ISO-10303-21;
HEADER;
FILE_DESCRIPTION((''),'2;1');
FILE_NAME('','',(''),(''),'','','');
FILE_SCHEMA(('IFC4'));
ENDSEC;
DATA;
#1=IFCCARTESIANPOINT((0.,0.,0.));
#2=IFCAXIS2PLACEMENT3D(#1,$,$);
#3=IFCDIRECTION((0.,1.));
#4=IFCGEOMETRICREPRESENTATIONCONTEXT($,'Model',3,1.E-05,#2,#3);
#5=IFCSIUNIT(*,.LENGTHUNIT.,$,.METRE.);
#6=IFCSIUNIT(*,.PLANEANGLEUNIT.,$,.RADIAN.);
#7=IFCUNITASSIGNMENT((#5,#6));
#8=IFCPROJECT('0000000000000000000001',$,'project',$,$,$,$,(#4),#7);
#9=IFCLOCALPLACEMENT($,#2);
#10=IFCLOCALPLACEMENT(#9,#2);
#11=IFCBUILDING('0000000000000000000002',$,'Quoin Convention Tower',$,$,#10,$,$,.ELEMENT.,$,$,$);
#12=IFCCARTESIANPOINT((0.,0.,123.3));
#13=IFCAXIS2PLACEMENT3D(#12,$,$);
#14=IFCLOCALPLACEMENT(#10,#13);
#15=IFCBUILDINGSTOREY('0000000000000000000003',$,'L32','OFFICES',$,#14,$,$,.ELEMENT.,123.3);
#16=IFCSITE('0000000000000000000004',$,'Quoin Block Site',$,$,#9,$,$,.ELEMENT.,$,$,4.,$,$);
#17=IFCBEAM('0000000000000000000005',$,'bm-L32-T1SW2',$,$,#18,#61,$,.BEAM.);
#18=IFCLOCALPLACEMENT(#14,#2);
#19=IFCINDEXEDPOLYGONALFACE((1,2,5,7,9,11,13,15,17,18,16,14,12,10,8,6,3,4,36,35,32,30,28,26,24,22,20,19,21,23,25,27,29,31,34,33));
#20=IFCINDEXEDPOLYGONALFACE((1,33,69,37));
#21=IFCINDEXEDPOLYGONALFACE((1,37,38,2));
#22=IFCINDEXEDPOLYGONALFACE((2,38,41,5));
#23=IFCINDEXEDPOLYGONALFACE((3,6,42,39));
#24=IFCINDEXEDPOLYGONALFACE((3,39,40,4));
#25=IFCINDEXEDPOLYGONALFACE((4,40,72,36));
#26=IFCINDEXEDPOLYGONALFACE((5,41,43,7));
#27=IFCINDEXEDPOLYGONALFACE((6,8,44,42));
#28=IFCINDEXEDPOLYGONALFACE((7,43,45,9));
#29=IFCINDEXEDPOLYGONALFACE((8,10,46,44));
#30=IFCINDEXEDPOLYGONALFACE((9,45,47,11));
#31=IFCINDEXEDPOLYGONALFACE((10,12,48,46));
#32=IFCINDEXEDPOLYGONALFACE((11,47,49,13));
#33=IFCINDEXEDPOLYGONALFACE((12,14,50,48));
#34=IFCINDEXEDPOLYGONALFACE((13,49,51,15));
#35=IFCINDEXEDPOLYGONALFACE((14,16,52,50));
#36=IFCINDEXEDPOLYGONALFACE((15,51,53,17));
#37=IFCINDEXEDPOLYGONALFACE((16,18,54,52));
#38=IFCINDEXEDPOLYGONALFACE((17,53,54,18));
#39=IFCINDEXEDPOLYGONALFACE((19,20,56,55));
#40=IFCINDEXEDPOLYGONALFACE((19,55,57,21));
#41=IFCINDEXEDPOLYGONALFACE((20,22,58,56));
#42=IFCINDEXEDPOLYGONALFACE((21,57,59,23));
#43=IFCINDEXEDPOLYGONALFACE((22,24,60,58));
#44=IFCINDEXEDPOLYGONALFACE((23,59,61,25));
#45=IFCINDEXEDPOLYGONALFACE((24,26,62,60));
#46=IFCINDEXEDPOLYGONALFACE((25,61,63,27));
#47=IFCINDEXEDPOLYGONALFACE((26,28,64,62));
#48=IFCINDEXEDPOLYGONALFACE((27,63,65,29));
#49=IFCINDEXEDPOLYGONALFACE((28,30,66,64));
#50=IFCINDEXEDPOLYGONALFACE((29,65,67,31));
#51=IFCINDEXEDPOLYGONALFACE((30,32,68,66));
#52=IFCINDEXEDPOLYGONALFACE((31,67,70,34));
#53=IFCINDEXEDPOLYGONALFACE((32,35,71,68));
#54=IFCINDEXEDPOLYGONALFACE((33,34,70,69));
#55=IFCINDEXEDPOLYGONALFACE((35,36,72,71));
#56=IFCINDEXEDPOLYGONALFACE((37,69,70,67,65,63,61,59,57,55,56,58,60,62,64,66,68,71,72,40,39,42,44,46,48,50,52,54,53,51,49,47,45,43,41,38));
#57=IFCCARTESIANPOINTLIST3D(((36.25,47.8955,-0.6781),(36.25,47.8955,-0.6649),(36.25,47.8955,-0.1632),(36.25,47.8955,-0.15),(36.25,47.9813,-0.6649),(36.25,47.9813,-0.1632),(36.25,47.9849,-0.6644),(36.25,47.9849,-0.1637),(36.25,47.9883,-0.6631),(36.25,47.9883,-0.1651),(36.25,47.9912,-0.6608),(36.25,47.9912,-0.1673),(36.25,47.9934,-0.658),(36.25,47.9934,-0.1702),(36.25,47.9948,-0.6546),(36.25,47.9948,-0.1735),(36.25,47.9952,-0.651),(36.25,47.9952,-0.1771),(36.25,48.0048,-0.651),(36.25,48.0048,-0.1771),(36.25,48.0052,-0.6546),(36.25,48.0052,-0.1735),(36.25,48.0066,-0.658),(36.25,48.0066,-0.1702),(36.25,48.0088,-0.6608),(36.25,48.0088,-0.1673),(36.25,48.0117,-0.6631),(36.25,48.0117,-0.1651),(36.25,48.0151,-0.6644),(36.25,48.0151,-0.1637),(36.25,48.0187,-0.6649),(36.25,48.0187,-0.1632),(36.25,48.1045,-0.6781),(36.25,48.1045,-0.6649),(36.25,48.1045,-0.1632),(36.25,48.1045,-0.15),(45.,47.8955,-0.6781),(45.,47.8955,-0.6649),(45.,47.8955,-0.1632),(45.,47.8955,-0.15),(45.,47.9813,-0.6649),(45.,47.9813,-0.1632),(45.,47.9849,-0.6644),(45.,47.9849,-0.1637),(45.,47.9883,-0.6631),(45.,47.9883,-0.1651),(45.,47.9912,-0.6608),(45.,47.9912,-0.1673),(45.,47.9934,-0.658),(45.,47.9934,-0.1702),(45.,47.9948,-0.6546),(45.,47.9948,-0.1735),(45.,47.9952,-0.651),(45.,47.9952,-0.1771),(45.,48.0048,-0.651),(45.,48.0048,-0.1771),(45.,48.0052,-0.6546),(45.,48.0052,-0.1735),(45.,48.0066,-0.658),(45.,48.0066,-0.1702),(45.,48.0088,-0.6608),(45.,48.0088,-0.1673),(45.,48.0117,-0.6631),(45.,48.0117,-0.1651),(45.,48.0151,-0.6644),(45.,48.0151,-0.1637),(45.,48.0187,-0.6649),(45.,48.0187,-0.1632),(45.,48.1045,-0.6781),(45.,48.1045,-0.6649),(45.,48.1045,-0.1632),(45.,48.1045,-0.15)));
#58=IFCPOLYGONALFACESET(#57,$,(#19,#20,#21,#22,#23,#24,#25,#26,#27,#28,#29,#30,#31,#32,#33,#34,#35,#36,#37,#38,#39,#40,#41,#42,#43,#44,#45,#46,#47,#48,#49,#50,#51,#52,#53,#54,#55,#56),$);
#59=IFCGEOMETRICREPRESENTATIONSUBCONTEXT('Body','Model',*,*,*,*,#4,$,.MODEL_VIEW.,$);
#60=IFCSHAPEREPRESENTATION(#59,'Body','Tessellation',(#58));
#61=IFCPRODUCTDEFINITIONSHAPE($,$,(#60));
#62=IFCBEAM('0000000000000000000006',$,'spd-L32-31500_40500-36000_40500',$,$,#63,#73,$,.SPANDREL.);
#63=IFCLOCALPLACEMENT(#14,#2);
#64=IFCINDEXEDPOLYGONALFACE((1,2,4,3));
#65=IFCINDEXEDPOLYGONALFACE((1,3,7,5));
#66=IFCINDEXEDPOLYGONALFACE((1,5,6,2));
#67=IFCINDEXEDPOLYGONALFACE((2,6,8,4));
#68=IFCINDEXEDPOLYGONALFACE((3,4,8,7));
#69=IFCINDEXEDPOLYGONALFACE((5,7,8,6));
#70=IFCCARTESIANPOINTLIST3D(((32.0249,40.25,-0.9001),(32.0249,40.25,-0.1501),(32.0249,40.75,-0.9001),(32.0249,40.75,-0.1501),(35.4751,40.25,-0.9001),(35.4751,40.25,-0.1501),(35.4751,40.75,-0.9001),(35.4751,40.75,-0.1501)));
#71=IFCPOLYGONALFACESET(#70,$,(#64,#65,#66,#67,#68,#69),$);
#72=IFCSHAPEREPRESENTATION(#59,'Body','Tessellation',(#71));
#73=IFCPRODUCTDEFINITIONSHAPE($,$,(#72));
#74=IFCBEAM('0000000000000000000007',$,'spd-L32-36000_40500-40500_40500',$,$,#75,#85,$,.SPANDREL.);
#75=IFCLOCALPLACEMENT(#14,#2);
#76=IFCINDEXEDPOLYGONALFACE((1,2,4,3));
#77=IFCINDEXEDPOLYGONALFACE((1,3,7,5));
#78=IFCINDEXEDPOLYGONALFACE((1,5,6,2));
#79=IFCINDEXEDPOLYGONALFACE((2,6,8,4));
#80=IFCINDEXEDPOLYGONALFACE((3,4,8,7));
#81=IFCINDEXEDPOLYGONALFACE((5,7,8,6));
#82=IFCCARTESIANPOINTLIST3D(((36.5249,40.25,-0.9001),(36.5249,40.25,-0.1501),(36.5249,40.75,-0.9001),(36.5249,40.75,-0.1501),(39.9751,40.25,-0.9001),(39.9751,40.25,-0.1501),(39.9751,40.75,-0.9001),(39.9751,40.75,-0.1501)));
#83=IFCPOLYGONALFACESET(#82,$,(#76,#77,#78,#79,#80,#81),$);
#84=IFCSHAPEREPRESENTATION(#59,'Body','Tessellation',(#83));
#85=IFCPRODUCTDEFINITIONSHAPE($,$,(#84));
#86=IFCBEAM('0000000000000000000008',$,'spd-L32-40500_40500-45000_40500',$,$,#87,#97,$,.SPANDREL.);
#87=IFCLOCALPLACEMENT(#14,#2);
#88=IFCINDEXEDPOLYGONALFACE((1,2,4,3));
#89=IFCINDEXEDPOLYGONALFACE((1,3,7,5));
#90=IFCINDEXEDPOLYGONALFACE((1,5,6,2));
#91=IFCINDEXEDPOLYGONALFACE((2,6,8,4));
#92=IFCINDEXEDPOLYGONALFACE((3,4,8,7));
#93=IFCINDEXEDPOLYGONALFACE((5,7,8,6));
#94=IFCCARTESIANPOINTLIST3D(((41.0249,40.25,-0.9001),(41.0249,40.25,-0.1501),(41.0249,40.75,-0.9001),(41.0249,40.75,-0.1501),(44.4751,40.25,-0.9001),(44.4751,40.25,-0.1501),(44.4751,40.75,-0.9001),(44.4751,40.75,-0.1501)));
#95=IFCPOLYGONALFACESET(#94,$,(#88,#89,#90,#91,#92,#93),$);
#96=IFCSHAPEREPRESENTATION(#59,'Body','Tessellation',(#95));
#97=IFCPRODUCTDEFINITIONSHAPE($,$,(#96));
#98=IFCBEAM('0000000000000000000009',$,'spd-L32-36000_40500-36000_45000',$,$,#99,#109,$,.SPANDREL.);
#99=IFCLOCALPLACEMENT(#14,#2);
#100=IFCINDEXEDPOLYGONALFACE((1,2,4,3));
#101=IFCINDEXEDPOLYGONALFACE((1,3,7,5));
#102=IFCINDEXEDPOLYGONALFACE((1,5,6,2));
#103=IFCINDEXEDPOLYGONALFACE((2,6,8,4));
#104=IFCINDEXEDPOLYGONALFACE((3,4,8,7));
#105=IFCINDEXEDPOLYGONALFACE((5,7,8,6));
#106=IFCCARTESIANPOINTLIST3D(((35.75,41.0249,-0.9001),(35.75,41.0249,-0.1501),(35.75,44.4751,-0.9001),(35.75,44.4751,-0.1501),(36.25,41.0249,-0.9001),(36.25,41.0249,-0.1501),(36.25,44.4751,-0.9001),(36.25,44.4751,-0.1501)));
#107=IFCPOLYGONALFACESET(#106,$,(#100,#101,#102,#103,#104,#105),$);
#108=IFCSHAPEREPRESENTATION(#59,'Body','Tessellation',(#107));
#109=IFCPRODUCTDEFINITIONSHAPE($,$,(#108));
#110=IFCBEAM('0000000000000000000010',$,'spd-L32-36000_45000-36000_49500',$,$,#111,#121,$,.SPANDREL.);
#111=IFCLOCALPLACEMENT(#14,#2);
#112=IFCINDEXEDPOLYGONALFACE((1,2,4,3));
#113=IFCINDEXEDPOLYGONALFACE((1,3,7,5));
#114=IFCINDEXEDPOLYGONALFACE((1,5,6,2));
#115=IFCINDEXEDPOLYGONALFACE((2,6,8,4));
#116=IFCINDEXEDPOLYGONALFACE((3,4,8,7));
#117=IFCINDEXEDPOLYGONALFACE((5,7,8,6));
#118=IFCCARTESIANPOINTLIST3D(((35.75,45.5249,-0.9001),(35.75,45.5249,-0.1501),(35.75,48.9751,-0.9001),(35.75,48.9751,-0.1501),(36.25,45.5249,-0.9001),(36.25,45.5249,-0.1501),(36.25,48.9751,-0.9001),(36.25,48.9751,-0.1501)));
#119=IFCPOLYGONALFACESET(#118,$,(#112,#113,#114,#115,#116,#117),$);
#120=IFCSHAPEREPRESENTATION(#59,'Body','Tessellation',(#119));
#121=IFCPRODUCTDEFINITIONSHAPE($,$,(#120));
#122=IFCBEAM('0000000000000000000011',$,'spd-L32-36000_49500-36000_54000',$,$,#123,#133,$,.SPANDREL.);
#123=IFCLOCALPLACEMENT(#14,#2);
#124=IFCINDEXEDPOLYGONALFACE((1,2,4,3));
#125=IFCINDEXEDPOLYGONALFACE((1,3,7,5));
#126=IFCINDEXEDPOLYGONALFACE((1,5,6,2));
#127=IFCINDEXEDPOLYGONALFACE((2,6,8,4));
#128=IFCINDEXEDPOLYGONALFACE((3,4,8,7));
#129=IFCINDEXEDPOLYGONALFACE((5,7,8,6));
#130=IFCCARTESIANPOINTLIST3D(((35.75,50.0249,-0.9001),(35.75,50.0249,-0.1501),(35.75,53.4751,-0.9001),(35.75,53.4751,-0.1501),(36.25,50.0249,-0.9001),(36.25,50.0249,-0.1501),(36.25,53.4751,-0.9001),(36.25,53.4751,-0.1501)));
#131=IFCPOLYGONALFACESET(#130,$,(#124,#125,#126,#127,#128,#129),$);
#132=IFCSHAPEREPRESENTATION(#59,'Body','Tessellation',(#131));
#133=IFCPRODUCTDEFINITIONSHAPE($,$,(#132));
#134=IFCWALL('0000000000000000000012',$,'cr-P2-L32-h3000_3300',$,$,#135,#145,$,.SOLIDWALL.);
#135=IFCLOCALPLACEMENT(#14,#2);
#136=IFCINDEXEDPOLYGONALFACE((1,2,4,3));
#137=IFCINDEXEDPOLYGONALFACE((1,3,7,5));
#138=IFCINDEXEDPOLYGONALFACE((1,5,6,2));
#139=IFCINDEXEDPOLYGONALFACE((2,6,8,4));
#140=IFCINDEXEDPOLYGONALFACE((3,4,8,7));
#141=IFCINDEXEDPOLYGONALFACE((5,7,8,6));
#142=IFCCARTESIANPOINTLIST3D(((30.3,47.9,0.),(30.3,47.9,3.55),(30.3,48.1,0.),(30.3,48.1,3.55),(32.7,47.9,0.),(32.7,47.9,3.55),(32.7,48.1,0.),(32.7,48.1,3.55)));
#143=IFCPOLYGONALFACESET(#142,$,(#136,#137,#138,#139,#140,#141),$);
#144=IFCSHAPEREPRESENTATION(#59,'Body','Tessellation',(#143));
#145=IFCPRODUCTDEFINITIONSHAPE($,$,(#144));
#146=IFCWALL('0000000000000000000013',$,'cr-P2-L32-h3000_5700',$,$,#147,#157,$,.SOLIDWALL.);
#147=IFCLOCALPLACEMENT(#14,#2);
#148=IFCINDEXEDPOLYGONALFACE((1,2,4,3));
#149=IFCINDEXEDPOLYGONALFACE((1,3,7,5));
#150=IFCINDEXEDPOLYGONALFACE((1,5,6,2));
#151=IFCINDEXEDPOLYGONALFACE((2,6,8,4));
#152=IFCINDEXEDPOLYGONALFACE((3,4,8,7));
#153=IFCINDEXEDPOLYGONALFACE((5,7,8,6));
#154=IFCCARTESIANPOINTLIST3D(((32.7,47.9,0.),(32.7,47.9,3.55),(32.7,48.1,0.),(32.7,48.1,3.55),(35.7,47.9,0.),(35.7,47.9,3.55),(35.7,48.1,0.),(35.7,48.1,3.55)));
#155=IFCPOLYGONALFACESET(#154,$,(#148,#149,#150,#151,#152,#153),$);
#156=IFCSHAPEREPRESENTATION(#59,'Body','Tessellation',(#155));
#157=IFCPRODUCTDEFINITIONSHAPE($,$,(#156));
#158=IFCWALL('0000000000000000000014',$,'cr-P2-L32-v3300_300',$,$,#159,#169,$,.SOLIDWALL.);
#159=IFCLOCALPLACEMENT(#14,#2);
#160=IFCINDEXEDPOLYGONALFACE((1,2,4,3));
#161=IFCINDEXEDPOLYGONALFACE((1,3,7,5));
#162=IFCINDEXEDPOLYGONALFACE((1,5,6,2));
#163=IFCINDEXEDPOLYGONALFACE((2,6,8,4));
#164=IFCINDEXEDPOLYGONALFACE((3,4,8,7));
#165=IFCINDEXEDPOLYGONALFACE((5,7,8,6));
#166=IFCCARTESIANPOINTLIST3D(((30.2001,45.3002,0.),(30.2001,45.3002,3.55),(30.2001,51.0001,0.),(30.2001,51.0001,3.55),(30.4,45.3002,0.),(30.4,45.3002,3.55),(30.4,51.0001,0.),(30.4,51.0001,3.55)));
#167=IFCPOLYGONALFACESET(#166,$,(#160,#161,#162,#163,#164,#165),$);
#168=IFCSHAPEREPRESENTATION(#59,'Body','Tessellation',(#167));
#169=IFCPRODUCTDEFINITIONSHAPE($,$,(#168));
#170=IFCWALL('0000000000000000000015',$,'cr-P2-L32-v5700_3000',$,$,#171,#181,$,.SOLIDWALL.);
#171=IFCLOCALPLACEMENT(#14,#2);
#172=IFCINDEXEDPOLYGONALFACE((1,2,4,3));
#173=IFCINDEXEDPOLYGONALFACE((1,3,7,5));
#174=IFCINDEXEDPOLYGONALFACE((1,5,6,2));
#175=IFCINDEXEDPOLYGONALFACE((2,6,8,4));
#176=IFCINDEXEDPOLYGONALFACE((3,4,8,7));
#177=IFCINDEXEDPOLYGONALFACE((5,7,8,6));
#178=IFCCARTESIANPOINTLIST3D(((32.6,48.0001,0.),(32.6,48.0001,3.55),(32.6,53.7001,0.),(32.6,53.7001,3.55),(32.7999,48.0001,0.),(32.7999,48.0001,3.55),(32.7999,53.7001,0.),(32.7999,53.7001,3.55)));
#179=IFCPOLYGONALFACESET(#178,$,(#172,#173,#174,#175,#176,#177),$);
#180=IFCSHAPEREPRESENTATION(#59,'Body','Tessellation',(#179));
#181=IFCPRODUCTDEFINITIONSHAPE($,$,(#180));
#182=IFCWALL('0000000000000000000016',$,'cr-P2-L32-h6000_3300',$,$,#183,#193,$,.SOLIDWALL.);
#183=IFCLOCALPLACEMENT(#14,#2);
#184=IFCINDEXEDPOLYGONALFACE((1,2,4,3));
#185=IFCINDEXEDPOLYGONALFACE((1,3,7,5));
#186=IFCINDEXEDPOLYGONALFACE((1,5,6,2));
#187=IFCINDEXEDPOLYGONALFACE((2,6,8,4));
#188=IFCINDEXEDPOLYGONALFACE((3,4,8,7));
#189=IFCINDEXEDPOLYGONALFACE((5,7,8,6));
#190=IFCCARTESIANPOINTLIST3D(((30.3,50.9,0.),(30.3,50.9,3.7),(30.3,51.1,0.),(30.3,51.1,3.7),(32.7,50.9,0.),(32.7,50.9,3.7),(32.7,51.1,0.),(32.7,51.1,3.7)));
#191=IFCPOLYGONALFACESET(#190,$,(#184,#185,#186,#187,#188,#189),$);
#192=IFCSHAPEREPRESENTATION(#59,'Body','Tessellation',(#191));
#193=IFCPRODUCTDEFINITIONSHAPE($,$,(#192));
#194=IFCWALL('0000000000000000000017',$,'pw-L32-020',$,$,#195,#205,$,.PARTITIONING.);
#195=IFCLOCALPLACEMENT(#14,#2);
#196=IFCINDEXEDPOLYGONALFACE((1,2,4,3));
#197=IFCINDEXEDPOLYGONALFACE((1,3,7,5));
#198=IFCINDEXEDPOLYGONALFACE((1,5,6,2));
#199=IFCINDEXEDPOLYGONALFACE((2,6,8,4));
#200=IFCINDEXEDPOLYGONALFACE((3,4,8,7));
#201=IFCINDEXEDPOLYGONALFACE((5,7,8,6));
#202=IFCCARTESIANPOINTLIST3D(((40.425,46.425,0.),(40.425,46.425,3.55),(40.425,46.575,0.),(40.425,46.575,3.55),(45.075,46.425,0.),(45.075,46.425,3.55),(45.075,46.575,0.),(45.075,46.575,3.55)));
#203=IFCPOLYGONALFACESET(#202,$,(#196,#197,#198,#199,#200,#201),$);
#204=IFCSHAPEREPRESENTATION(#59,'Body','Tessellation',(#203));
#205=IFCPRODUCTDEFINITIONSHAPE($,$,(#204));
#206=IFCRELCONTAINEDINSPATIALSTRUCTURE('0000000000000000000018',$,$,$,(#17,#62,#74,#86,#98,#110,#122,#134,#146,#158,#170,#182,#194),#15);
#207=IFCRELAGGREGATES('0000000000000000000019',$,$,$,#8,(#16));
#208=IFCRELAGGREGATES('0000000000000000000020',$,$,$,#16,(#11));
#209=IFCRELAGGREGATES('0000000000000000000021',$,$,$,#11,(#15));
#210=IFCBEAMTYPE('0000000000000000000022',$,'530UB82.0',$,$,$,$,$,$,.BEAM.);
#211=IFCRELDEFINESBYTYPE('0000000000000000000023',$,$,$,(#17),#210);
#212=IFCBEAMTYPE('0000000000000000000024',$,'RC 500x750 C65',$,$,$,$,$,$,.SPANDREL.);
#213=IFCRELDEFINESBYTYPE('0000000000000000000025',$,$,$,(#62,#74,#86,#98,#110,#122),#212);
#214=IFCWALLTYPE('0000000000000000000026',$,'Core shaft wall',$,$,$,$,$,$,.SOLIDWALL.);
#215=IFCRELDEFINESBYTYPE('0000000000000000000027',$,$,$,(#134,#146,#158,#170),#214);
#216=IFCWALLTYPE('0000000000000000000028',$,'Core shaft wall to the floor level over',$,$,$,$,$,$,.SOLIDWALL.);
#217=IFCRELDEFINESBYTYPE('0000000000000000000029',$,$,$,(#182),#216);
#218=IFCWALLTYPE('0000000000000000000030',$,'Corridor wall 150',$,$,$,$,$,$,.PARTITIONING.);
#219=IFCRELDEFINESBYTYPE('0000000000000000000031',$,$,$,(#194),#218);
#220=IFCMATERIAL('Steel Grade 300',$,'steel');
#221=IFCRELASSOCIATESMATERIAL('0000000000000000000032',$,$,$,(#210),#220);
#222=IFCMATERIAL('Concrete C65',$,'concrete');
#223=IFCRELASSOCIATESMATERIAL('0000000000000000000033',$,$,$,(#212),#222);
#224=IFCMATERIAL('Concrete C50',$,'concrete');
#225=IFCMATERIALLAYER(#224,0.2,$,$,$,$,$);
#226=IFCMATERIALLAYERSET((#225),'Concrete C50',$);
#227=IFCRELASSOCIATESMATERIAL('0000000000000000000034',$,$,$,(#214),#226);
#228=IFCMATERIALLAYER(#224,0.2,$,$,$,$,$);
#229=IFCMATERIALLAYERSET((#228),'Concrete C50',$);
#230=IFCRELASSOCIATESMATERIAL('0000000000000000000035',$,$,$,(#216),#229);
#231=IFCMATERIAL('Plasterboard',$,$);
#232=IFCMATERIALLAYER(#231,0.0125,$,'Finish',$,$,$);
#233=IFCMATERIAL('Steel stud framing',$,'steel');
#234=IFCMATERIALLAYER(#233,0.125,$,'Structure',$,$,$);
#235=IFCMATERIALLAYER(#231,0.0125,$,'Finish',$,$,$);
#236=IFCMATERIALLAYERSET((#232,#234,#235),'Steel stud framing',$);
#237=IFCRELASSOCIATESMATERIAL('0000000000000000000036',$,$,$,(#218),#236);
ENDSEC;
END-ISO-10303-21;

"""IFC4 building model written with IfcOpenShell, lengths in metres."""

from ifc_helpers import new_model, si_unit, direction, frame, frame_2d, origin, origin_2d, place, context, subcontext, project, spatial, rectangle, i_section, extrude, material, layer, layer_set, material_profile, profile_set, type_object, element, save


model = new_model("IFC4")

# Units and contexts
model_context = context("Model", 3, precision=1e-05, world=origin(), true_north=direction((0.0, 1.0)))
body_context = subcontext(model_context, "Body", "Model", "MODEL_VIEW")
ifc_project = project(units=[si_unit("LENGTHUNIT", "METRE"), si_unit("PLANEANGLEUNIT", "RADIAN")], contexts=[model_context])

# Site, building, storey
site_placement = place(None, origin())
site = spatial("IfcSite", under=ifc_project, at=site_placement, Name="Quoin Block Site", CompositionType="ELEMENT", RefElevation=4.0)
building_placement = place(site_placement, origin())
building = spatial("IfcBuilding", under=site, at=building_placement, Name="Quoin Convention Tower", CompositionType="ELEMENT")
storey_placement = place(building_placement, frame((0.0, 0.0, 123.3)))
storey = spatial("IfcBuildingStorey", under=building, at=storey_placement, Name="L32", Description="OFFICES", CompositionType="ELEMENT", Elevation=123.3)

# Shared definitions
ifc_material_1 = material(Name="Concrete C65", Category="concrete")

# Beams
ifc_material_2 = material(Name="Steel Grade 300", Category="steel")
ifc_material_profile_1 = material_profile(ifc_material_2, i_section(OverallWidth=0.209, OverallDepth=0.5281, WebThickness=0.0095, FlangeThickness=0.0132, FilletRadius=0.0139, at=origin_2d()), Name="530UB82.0")
ifc_profile_set_1 = profile_set([ifc_material_profile_1], Name="Steel Grade 300")
beam_type_1 = type_object("IfcBeamType", Name="530UB82.0", PredefinedType="BEAM", material=ifc_profile_set_1)
beam_1_placement = place(storey_placement, frame((36.25, 48.0, -0.4141), z_axis=(1.0, 0.0, 0.0), x_axis=(0.0, 1.0, 0.0)))
element("IfcBeam", 1, at=beam_1_placement, inside=storey, type_object=beam_type_1, Name="bm-L32-T1SW2", PredefinedType="BEAM", context=body_context, shape_type="SweptSolid", body=[
    extrude(i_section(OverallWidth=0.209, OverallDepth=0.5281, WebThickness=0.0095, FlangeThickness=0.0132, FilletRadius=0.0139, at=origin_2d()), origin(), (0.0, 0.0, 1.0), 8.75),
])
ifc_material_profile_2 = material_profile(ifc_material_1, rectangle(XDim=0.5, YDim=0.75, at=origin_2d()), Name="RC 500x750")
ifc_profile_set_2 = profile_set([ifc_material_profile_2], Name="Concrete C65")
beam_type_2 = type_object("IfcBeamType", Name="RC 500x750 C65", PredefinedType="SPANDREL", material=ifc_profile_set_2)
for number, where, z_axis, x_axis, name in (
    (2, (32.0249, 40.5, -0.5251), (1.0, 0.0, 0.0), (0.0, 1.0, 0.0), "spd-L32-31500_40500-36000_40500"),
    (3, (36.5249, 40.5, -0.5251), (1.0, 0.0, 0.0), (0.0, 1.0, 0.0), "spd-L32-36000_40500-40500_40500"),
    (4, (41.0249, 40.5, -0.5251), (1.0, 0.0, 0.0), (0.0, 1.0, 0.0), "spd-L32-40500_40500-45000_40500"),
    (5, (36.0, 41.0249, -0.5251), (0.0, 1.0, 0.0), (-1.0, 0.0, 0.0), "spd-L32-36000_40500-36000_45000"),
    (6, (36.0, 45.5249, -0.5251), (0.0, 1.0, 0.0), (-1.0, 0.0, 0.0), "spd-L32-36000_45000-36000_49500"),
    (7, (36.0, 50.0249, -0.5251), (0.0, 1.0, 0.0), (-1.0, 0.0, 0.0), "spd-L32-36000_49500-36000_54000"),
):
    element("IfcBeam", number, at=place(storey_placement, frame(where, z_axis=z_axis, x_axis=x_axis)), inside=storey, type_object=beam_type_2, Name=name, PredefinedType="SPANDREL", context=body_context, shape_type="SweptSolid", body=[
        extrude(rectangle(XDim=0.5, YDim=0.75, at=origin_2d()), origin(), (0.0, 0.0, 1.0), 3.4502),
    ])

# Walls
ifc_material_3 = material(Name="Concrete C50", Category="concrete")
ifc_layer_1 = layer(ifc_material_3, 0.2)
ifc_layer_set_1 = layer_set([ifc_layer_1], Name="Concrete C50")
wall_type_1 = type_object("IfcWallType", Name="Core shaft wall", PredefinedType="SOLIDWALL", material=ifc_layer_set_1)
wall_1_placement = place(storey_placement, frame((30.3, 48.0, 0.0), z_axis=(0.0, 0.0, 1.0), x_axis=(1.0, 0.0, 0.0)))
element("IfcWall", 8, at=wall_1_placement, inside=storey, type_object=wall_type_1, Name="cr-P2-L32-h3000_3300", PredefinedType="SOLIDWALL", context=body_context, shape_type="SweptSolid", body=[
    extrude(rectangle(XDim=2.3999, YDim=0.2, at=frame_2d((1.2, 0.0))), origin(), (0.0, 0.0, 1.0), 3.55),
])
wall_2_placement = place(storey_placement, frame((32.7, 48.0, 0.0), z_axis=(0.0, 0.0, 1.0), x_axis=(1.0, 0.0, 0.0)))
element("IfcWall", 9, at=wall_2_placement, inside=storey, type_object=wall_type_1, Name="cr-P2-L32-h3000_5700", PredefinedType="SOLIDWALL", context=body_context, shape_type="SweptSolid", body=[
    extrude(rectangle(XDim=3.0, YDim=0.2, at=frame_2d((1.5, 0.0))), origin(), (0.0, 0.0, 1.0), 3.55),
])
for number, where, z_axis, x_axis, name in (
    (10, (30.3, 45.3, 0.0), (0.0, 0.0, 1.0), (0.0, 1.0, 0.0), "cr-P2-L32-v3300_300"),
    (11, (32.7, 48.0, 0.0), (0.0, 0.0, 1.0), (0.0, 1.0, 0.0), "cr-P2-L32-v5700_3000"),
):
    element("IfcWall", number, at=place(storey_placement, frame(where, z_axis=z_axis, x_axis=x_axis)), inside=storey, type_object=wall_type_1, Name=name, PredefinedType="SOLIDWALL", context=body_context, shape_type="SweptSolid", body=[
        extrude(rectangle(XDim=5.7, YDim=0.2, at=frame_2d((2.8501, 0.0))), origin(), (0.0, 0.0, 1.0), 3.55),
    ])
ifc_layer_2 = layer(ifc_material_3, 0.2)
ifc_layer_set_2 = layer_set([ifc_layer_2], Name="Concrete C50")
wall_type_2 = type_object("IfcWallType", Name="Core shaft wall to the floor level over", PredefinedType="SOLIDWALL", material=ifc_layer_set_2)
wall_3_placement = place(storey_placement, frame((30.3, 51.0, 0.0), z_axis=(0.0, 0.0, 1.0), x_axis=(1.0, 0.0, 0.0)))
element("IfcWall", 12, at=wall_3_placement, inside=storey, type_object=wall_type_2, Name="cr-P2-L32-h6000_3300", PredefinedType="SOLIDWALL", context=body_context, shape_type="SweptSolid", body=[
    extrude(rectangle(XDim=2.3999, YDim=0.2, at=frame_2d((1.2, 0.0))), origin(), (0.0, 0.0, 1.0), 3.7),
])
ifc_material_4 = material(Name="Plasterboard")
ifc_layer_3 = layer(ifc_material_4, 0.0125, Name="Finish")
ifc_material_5 = material(Name="Steel stud framing", Category="steel")
ifc_layer_4 = layer(ifc_material_5, 0.125, Name="Structure")
ifc_layer_5 = layer(ifc_material_4, 0.0125, Name="Finish")
ifc_layer_set_3 = layer_set([ifc_layer_3, ifc_layer_4, ifc_layer_5], Name="Steel stud framing")
wall_type_3 = type_object("IfcWallType", Name="Corridor wall 150", PredefinedType="PARTITIONING", material=ifc_layer_set_3)
wall_4_placement = place(storey_placement, frame((40.425, 46.5, 0.0), z_axis=(0.0, 0.0, 1.0), x_axis=(1.0, 0.0, 0.0)))
element("IfcWall", 13, at=wall_4_placement, inside=storey, type_object=wall_type_3, Name="pw-L32-020", PredefinedType="PARTITIONING", context=body_context, shape_type="SweptSolid", body=[
    extrude(rectangle(XDim=4.6499, YDim=0.1499, at=frame_2d((2.325, 0.0))), origin(), (0.0, 0.0, 1.0), 3.55),
])

save(model, "model.ifc")
